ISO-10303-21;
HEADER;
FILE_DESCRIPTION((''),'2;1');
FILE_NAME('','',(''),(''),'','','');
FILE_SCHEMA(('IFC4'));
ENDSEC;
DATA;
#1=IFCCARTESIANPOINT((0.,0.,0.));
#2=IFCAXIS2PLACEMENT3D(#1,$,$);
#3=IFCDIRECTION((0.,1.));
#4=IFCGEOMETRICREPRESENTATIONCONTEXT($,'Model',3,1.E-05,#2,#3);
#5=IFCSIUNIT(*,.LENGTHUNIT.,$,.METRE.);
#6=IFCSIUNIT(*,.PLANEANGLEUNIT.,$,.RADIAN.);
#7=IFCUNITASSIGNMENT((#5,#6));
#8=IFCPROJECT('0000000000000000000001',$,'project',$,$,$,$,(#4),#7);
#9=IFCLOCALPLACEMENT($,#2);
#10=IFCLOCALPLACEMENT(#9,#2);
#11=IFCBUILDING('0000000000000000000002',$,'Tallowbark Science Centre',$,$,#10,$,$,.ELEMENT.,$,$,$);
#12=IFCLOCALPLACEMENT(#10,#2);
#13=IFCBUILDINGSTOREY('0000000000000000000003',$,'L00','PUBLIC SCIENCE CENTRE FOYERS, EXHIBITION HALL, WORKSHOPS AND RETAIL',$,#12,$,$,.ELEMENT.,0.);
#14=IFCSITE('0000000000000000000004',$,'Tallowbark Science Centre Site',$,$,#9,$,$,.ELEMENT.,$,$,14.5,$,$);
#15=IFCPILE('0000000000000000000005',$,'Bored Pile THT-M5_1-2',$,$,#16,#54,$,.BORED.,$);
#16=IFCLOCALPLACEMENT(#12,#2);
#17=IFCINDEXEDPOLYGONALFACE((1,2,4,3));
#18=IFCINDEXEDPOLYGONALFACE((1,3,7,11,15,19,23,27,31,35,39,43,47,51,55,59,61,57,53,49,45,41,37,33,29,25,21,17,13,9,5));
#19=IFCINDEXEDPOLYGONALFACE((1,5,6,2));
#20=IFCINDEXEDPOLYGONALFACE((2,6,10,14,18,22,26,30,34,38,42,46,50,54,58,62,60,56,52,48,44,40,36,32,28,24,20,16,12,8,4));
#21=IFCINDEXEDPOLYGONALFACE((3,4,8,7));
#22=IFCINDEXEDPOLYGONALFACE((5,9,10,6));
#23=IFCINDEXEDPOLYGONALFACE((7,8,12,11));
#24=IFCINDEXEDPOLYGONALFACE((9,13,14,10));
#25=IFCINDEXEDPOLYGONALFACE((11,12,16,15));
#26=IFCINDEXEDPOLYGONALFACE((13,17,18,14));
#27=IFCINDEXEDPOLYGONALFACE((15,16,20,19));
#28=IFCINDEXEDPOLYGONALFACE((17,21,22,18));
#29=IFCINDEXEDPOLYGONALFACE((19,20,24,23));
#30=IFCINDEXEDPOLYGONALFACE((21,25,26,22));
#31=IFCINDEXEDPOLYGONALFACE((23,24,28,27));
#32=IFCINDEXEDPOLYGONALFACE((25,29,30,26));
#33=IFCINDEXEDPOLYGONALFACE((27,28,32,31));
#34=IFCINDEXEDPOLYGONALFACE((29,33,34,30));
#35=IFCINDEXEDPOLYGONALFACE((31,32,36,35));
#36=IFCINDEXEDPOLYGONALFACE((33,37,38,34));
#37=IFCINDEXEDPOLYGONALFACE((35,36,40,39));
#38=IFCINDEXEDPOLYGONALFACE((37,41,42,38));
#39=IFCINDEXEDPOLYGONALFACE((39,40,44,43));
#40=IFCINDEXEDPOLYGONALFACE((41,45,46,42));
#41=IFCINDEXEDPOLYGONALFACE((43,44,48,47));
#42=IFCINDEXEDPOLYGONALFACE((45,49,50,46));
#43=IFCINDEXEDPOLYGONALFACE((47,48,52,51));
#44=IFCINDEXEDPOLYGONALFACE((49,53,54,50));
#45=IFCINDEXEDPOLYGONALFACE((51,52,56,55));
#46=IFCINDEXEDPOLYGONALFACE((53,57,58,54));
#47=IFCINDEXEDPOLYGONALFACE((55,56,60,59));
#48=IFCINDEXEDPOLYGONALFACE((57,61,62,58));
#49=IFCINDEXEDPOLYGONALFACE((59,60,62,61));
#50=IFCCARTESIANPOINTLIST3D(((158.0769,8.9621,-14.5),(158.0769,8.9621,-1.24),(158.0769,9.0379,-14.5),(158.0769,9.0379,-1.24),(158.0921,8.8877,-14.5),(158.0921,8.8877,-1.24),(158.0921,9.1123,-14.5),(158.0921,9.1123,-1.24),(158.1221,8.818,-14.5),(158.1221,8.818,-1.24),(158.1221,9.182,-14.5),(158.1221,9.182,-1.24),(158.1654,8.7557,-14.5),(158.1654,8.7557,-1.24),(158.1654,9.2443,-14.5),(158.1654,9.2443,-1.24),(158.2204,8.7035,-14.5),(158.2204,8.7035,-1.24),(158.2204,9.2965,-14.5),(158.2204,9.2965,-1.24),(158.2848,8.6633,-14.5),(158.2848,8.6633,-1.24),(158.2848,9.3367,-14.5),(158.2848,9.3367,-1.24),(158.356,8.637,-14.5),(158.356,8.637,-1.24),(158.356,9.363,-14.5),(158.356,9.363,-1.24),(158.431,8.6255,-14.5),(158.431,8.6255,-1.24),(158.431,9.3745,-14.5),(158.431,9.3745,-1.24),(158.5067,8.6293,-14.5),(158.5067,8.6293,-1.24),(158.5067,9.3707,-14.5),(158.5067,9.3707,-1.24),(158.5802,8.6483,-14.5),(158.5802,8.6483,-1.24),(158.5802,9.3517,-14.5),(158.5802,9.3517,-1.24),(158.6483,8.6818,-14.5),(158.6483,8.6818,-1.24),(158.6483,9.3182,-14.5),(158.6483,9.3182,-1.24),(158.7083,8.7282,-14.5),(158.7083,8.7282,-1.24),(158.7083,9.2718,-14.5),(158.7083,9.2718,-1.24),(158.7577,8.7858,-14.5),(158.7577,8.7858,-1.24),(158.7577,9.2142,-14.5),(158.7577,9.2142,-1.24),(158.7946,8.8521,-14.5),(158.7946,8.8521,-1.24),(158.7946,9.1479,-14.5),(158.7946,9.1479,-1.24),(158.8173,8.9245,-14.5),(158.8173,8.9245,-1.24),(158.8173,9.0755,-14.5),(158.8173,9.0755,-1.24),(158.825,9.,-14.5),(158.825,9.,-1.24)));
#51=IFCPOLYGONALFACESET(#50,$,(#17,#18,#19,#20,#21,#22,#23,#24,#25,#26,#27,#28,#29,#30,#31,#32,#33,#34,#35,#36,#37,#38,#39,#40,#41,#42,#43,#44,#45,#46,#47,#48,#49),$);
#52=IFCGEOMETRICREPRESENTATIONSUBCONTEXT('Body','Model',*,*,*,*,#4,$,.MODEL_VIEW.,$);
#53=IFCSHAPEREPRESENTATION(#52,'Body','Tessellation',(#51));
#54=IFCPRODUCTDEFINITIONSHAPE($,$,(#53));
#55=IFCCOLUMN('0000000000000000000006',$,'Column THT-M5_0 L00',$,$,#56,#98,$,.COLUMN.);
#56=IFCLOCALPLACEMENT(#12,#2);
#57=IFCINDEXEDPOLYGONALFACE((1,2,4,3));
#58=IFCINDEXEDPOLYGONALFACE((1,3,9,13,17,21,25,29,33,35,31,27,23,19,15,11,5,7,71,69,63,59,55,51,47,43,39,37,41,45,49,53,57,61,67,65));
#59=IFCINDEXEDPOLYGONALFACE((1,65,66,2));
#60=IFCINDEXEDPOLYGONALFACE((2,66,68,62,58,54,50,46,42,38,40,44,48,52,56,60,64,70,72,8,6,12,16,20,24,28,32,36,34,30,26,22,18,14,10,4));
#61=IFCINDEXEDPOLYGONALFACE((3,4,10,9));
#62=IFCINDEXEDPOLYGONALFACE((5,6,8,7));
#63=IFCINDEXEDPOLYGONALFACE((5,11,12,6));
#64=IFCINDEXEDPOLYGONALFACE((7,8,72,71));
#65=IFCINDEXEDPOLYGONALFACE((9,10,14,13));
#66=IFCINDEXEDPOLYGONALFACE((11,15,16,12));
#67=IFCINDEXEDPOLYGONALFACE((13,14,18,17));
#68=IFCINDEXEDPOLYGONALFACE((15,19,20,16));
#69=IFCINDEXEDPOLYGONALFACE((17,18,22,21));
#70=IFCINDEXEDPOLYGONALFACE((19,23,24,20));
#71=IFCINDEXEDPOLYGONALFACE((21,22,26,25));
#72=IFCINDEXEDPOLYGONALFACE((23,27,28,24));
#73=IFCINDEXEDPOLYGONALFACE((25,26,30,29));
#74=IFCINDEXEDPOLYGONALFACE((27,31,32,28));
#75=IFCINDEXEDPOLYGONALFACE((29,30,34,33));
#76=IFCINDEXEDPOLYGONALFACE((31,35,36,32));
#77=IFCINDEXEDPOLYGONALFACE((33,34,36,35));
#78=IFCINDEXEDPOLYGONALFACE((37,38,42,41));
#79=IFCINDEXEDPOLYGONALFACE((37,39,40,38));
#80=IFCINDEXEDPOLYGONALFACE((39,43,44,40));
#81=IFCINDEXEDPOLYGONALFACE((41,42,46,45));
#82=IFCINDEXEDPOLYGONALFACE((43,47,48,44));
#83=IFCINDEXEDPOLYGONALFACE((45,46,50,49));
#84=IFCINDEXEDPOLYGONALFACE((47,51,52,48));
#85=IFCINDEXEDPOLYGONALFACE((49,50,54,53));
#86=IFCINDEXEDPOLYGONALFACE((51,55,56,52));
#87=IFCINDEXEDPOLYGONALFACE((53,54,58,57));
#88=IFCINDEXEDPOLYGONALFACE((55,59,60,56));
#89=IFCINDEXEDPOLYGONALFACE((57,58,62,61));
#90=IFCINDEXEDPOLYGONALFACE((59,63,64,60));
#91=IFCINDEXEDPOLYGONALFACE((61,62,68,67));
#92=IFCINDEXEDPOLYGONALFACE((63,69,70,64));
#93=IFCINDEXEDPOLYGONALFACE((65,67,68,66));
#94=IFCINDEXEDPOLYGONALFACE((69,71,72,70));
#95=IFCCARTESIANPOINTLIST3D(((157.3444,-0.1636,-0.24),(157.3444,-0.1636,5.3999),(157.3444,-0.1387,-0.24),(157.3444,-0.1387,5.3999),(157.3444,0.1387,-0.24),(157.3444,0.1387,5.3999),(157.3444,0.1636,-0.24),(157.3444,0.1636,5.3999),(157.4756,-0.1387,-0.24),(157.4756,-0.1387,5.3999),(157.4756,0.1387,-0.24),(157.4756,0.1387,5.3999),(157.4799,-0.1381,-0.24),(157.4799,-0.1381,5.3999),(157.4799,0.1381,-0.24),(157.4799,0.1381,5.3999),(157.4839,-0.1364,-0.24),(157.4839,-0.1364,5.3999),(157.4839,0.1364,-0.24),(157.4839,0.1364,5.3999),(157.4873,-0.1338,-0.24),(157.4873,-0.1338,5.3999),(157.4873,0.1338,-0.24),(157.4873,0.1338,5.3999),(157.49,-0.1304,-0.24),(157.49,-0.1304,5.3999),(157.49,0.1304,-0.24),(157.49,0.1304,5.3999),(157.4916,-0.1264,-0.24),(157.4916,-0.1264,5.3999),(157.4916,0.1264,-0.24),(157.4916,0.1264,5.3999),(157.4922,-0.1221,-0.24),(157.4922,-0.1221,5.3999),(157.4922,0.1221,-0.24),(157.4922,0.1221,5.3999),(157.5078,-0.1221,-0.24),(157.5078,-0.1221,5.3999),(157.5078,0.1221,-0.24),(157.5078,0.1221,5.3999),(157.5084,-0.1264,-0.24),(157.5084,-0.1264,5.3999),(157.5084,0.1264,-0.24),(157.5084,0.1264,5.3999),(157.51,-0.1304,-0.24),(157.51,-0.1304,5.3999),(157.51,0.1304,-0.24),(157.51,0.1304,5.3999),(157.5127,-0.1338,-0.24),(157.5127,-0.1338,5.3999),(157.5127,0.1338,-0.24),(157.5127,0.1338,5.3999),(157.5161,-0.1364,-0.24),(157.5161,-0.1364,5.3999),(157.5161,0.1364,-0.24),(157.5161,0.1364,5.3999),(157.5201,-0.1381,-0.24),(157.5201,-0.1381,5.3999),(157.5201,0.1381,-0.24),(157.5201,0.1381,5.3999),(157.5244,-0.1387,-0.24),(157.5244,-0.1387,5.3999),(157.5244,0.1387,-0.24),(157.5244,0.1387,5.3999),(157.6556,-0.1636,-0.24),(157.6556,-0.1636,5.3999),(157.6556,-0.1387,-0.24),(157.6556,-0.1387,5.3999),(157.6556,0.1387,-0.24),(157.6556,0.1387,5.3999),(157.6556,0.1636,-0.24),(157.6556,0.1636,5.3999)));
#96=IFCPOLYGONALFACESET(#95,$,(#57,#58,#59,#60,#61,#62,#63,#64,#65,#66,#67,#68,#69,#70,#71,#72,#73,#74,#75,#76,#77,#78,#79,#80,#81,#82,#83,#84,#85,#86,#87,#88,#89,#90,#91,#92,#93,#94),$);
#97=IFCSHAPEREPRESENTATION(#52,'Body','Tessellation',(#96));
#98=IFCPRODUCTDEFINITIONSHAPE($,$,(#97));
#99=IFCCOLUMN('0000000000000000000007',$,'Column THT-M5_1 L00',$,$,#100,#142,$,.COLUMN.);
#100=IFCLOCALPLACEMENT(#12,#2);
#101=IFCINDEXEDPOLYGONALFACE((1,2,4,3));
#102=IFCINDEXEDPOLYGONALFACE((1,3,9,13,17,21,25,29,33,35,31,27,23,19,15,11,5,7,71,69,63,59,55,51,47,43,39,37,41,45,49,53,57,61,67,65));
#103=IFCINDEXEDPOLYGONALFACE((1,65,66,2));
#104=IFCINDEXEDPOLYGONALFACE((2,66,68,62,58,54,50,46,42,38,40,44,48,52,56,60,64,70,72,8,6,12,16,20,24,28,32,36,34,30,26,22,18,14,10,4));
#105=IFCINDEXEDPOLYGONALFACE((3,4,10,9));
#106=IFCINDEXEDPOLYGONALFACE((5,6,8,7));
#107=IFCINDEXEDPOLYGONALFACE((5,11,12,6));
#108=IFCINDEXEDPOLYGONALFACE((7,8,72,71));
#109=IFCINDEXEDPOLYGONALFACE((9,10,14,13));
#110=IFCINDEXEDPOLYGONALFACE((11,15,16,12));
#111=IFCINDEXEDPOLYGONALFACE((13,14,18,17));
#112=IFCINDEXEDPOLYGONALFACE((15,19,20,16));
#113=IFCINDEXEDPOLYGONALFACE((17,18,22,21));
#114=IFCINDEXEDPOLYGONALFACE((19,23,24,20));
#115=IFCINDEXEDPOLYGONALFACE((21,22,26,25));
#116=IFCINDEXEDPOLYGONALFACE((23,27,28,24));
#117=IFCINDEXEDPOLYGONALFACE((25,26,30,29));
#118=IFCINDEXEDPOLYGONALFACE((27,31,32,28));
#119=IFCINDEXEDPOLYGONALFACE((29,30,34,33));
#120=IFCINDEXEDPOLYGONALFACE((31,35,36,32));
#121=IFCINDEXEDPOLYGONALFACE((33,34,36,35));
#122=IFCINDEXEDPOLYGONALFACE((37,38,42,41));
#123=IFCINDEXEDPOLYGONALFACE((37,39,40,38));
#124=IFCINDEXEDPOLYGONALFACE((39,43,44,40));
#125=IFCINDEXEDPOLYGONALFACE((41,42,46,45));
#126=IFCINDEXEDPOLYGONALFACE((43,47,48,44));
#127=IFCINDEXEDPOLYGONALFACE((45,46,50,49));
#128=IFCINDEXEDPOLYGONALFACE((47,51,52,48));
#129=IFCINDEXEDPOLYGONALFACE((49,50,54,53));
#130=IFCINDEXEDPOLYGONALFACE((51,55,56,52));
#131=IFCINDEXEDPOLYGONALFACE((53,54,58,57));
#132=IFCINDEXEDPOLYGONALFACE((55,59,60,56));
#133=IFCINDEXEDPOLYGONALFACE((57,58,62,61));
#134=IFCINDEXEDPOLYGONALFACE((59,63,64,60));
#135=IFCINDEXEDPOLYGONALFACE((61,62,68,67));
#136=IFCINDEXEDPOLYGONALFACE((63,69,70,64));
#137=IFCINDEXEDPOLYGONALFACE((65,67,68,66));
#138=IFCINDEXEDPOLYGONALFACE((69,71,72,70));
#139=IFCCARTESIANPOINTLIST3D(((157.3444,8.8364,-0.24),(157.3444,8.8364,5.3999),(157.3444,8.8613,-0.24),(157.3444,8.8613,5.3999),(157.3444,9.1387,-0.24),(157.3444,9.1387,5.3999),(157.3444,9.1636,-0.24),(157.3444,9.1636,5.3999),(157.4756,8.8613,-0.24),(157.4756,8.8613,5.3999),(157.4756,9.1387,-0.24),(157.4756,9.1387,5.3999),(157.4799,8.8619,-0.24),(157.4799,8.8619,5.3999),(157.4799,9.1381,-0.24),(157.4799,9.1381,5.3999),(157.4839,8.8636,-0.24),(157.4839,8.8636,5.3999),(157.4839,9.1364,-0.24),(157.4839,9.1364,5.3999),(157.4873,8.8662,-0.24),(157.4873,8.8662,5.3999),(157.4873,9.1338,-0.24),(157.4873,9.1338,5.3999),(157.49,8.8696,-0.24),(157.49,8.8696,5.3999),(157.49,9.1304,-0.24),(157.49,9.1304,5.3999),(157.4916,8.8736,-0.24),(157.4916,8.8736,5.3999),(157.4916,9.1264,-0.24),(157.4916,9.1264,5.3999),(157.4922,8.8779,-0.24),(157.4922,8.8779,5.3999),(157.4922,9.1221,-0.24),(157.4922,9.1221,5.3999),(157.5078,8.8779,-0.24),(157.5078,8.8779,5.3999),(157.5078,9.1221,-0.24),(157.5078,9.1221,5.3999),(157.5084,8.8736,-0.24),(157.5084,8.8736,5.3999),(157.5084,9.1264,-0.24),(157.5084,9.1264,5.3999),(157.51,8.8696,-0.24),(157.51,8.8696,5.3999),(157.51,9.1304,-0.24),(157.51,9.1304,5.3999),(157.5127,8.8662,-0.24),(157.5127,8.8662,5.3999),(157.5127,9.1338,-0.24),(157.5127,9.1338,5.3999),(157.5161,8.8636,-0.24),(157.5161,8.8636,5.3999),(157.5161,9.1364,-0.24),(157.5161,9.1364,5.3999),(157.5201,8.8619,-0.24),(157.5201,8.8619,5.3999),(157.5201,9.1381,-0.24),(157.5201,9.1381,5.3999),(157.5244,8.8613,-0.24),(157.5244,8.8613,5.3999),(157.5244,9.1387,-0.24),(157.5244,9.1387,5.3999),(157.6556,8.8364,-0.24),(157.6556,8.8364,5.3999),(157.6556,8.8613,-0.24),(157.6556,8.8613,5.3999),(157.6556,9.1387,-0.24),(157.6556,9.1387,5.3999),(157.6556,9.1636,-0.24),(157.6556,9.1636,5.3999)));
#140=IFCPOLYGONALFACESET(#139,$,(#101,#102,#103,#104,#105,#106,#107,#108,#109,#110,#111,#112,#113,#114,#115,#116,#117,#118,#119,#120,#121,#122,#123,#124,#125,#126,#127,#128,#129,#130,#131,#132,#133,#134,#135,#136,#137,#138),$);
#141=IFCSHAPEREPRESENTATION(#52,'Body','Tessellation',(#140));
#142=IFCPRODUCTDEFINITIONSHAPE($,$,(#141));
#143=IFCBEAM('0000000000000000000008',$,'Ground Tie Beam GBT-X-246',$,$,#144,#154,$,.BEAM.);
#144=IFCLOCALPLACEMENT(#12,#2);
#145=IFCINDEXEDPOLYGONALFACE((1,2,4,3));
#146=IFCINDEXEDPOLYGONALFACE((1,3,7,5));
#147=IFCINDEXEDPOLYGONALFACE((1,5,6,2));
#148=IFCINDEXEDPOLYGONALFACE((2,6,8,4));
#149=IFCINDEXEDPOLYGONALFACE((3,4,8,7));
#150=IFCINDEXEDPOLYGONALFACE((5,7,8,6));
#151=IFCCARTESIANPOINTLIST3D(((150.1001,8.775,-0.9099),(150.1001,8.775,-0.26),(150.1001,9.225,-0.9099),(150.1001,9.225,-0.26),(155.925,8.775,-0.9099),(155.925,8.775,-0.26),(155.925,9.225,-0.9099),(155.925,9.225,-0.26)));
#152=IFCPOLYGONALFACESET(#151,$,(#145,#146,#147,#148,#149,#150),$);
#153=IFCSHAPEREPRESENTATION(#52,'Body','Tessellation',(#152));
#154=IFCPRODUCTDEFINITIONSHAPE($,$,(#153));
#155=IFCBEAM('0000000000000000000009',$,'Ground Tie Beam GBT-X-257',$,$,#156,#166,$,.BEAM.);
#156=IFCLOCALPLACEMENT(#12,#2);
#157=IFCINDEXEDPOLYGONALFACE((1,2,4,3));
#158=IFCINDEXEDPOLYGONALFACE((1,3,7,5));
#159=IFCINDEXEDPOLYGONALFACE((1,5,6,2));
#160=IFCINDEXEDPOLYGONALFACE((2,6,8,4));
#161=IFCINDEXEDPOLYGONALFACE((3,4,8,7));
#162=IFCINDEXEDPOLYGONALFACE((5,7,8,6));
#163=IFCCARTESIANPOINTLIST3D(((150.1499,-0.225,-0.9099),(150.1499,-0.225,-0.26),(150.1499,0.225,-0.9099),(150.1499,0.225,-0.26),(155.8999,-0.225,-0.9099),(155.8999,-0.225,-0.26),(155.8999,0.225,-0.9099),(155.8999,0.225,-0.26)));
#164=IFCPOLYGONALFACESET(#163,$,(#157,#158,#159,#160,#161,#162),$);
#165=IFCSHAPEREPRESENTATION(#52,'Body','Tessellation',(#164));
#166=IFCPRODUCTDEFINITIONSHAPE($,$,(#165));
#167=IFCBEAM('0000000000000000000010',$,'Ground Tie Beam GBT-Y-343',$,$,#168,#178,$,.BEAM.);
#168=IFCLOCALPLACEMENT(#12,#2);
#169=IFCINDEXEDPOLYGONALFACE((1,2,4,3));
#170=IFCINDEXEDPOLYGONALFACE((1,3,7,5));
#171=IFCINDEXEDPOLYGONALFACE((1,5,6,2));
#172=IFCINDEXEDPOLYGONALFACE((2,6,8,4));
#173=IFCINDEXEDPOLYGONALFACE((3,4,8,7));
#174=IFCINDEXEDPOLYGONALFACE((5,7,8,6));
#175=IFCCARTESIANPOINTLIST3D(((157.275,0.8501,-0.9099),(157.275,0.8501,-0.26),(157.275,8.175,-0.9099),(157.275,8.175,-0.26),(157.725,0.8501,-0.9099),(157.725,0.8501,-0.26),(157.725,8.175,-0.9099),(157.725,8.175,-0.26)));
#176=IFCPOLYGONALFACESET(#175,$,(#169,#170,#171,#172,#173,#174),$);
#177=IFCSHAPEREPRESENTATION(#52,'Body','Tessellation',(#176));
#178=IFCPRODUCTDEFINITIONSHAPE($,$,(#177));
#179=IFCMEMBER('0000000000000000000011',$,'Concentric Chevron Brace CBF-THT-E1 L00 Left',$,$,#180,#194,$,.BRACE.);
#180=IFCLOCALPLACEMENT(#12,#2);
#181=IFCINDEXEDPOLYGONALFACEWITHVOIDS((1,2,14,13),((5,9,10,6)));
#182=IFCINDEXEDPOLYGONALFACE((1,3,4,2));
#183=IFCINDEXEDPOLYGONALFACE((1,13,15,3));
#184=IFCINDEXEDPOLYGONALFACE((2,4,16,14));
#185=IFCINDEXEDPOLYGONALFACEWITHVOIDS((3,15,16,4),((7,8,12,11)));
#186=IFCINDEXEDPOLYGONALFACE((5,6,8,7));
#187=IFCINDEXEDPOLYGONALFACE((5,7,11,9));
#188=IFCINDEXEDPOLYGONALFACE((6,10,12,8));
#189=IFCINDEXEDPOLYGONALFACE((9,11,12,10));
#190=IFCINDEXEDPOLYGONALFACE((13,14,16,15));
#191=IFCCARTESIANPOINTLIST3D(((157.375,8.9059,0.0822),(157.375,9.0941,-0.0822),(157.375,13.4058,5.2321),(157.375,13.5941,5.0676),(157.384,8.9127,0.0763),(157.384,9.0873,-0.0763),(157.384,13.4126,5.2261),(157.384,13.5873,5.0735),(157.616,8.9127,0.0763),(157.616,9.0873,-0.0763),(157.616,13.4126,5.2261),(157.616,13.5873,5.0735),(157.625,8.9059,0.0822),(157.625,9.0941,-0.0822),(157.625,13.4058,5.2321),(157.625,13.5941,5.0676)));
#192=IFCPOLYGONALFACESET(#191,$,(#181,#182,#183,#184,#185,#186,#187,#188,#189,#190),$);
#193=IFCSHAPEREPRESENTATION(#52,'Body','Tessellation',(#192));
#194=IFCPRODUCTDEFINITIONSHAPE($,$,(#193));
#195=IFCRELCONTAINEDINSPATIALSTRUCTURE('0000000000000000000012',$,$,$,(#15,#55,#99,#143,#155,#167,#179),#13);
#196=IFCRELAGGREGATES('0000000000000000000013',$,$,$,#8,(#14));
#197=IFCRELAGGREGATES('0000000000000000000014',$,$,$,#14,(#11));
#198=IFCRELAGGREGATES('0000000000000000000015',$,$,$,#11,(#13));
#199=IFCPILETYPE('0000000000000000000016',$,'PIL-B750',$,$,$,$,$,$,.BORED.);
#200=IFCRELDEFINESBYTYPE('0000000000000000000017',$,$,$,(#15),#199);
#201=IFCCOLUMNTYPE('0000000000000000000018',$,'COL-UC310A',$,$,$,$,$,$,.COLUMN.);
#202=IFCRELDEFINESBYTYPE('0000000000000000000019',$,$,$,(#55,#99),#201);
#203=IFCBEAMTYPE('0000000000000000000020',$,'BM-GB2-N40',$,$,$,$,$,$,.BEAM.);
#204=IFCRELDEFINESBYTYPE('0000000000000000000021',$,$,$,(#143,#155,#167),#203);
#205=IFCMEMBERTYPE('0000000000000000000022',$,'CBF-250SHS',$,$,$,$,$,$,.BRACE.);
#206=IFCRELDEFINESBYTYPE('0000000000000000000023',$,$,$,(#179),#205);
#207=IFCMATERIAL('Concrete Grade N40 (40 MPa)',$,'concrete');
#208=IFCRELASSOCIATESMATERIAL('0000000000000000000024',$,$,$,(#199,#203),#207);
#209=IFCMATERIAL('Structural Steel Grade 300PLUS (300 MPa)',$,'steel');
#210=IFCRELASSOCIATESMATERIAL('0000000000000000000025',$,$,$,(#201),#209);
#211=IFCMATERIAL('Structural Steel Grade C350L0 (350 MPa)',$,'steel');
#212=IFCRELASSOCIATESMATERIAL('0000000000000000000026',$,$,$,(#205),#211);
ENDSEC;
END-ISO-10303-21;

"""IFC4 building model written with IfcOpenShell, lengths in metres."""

from ifc_helpers import new_model, si_unit, direction, frame, origin, origin_2d, place, context, subcontext, project, spatial, rectangle, hollow_rectangle, circle, i_section, extrude, material, material_profile, profile_set, type_object, element, save


model = new_model("IFC4")

# Units and contexts
model_context = context("Model", 3, precision=1e-05, world=origin(), true_north=direction((0.0, 1.0)))
body_context = subcontext(model_context, "Body", "Model", "MODEL_VIEW")
ifc_project = project(units=[si_unit("LENGTHUNIT", "METRE"), si_unit("PLANEANGLEUNIT", "RADIAN")], contexts=[model_context])

# Site, building, storey
site_placement = place(None, origin())
site = spatial("IfcSite", under=ifc_project, at=site_placement, Name="Tallowbark Science Centre Site", CompositionType="ELEMENT", RefElevation=14.5)
building_placement = place(site_placement, origin())
building = spatial("IfcBuilding", under=site, at=building_placement, Name="Tallowbark Science Centre", CompositionType="ELEMENT")
storey_placement = place(building_placement, origin())
storey = spatial("IfcBuildingStorey", under=building, at=storey_placement, Name="L00", Description="PUBLIC SCIENCE CENTRE FOYERS, EXHIBITION HALL, WORKSHOPS AND RETAIL", CompositionType="ELEMENT", Elevation=0.0)

# Shared definitions
ifc_material_1 = material(Name="Concrete Grade N40 (40 MPa)", Category="concrete")

# Pile
ifc_material_profile_1 = material_profile(ifc_material_1, circle(Radius=0.375, at=origin_2d()), Name="PILE750")
ifc_profile_set_1 = profile_set([ifc_material_profile_1], Name="Concrete Grade N40 (40 MPa)")
pile_type = type_object("IfcPileType", Name="PIL-B750", PredefinedType="BORED", material=ifc_profile_set_1)
for number, where, z_axis, x_axis, name in (
    (1, (158.45, 9.0, -1.24), (0.0, 0.0, -1.0), (1.0, 0.0, 0.0), "Bored Pile THT-M5_1-2"),
):
    element("IfcPile", number, at=place(storey_placement, frame(where, z_axis=z_axis, x_axis=x_axis)), inside=storey, type_object=pile_type, Name=name, PredefinedType="BORED", context=body_context, shape_type="SweptSolid", body=[
        extrude(circle(Radius=0.375, at=origin_2d()), origin(), (0.0, 0.0, 1.0), 13.26),
    ])

# Columns
ifc_material_2 = material(Name="Structural Steel Grade 300PLUS (300 MPa)", Category="steel")
ifc_material_profile_2 = material_profile(ifc_material_2, i_section(OverallWidth=0.3113, OverallDepth=0.3271, WebThickness=0.0156, FlangeThickness=0.0249, FilletRadius=0.0166, at=origin_2d()), Name="310UC158")
ifc_profile_set_2 = profile_set([ifc_material_profile_2], Name="Structural Steel Grade 300PLUS (300 MPa)")
column_type = type_object("IfcColumnType", Name="COL-UC310A", PredefinedType="COLUMN", material=ifc_profile_set_2)
for number, where, z_axis, x_axis, name in (
    (2, (157.5, 0.0, -0.24), (0.0, 0.0, 1.0), (1.0, 0.0, 0.0), "Column THT-M5_0 L00"),
    (3, (157.5, 9.0, -0.24), (0.0, 0.0, 1.0), (1.0, 0.0, 0.0), "Column THT-M5_1 L00"),
):
    element("IfcColumn", number, at=place(storey_placement, frame(where, z_axis=z_axis, x_axis=x_axis)), inside=storey, type_object=column_type, Name=name, PredefinedType="COLUMN", context=body_context, shape_type="SweptSolid", body=[
        extrude(i_section(OverallWidth=0.3113, OverallDepth=0.3271, WebThickness=0.0156, FlangeThickness=0.0249, FilletRadius=0.0166, at=origin_2d()), origin(), (0.0, 0.0, 1.0), 5.6399),
    ])

# Beams
ifc_material_profile_3 = material_profile(ifc_material_1, rectangle(XDim=0.45, YDim=0.6499, at=origin_2d()), Name="RC450x650")
ifc_profile_set_3 = profile_set([ifc_material_profile_3], Name="Concrete Grade N40 (40 MPa)")
beam_type = type_object("IfcBeamType", Name="BM-GB2-N40", PredefinedType="BEAM", material=ifc_profile_set_3)
beam_1_placement = place(storey_placement, frame((150.1001, 9.0, -0.585), z_axis=(1.0, 0.0, 0.0), x_axis=(0.0, 1.0, 0.0)))
element("IfcBeam", 4, at=beam_1_placement, inside=storey, type_object=beam_type, Name="Ground Tie Beam GBT-X-246", PredefinedType="BEAM", context=body_context, shape_type="SweptSolid", body=[
    extrude(rectangle(XDim=0.45, YDim=0.6499, at=origin_2d()), origin(), (0.0, 0.0, 1.0), 5.825),
])
beam_2_placement = place(storey_placement, frame((150.1499, 0.0, -0.585), z_axis=(1.0, 0.0, 0.0), x_axis=(0.0, 1.0, 0.0)))
element("IfcBeam", 5, at=beam_2_placement, inside=storey, type_object=beam_type, Name="Ground Tie Beam GBT-X-257", PredefinedType="BEAM", context=body_context, shape_type="SweptSolid", body=[
    extrude(rectangle(XDim=0.45, YDim=0.6499, at=origin_2d()), origin(), (0.0, 0.0, 1.0), 5.75),
])
beam_3_placement = place(storey_placement, frame((157.5, 0.8501, -0.585), z_axis=(0.0, 1.0, 0.0), x_axis=(-1.0, 0.0, 0.0)))
element("IfcBeam", 6, at=beam_3_placement, inside=storey, type_object=beam_type, Name="Ground Tie Beam GBT-Y-343", PredefinedType="BEAM", context=body_context, shape_type="SweptSolid", body=[
    extrude(rectangle(XDim=0.45, YDim=0.6499, at=origin_2d()), origin(), (0.0, 0.0, 1.0), 7.325),
])

# Member
ifc_material_3 = material(Name="Structural Steel Grade C350L0 (350 MPa)", Category="steel")
ifc_material_profile_4 = material_profile(ifc_material_3, hollow_rectangle(XDim=0.25, YDim=0.25, WallThickness=0.009, at=origin_2d()), Name="250x250x9.0SHS")
ifc_profile_set_4 = profile_set([ifc_material_profile_4], Name="Structural Steel Grade C350L0 (350 MPa)")
member_type = type_object("IfcMemberType", Name="CBF-250SHS", PredefinedType="BRACE", material=ifc_profile_set_4)
member_placement = place(storey_placement, frame((157.5, 9.0, 0.0), z_axis=(0.0, 0.657994, 0.753023), x_axis=(-1.0, 0.0, 0.0)))
element("IfcMember", 7, at=member_placement, inside=storey, type_object=member_type, Name="Concentric Chevron Brace CBF-THT-E1 L00 Left", PredefinedType="BRACE", context=body_context, shape_type="SweptSolid", body=[
    extrude(hollow_rectangle(XDim=0.25, YDim=0.25, WallThickness=0.009, at=origin_2d()), origin(), (0.0, 0.0, 1.0), 6.8389),
])

save(model, "model.ifc")
